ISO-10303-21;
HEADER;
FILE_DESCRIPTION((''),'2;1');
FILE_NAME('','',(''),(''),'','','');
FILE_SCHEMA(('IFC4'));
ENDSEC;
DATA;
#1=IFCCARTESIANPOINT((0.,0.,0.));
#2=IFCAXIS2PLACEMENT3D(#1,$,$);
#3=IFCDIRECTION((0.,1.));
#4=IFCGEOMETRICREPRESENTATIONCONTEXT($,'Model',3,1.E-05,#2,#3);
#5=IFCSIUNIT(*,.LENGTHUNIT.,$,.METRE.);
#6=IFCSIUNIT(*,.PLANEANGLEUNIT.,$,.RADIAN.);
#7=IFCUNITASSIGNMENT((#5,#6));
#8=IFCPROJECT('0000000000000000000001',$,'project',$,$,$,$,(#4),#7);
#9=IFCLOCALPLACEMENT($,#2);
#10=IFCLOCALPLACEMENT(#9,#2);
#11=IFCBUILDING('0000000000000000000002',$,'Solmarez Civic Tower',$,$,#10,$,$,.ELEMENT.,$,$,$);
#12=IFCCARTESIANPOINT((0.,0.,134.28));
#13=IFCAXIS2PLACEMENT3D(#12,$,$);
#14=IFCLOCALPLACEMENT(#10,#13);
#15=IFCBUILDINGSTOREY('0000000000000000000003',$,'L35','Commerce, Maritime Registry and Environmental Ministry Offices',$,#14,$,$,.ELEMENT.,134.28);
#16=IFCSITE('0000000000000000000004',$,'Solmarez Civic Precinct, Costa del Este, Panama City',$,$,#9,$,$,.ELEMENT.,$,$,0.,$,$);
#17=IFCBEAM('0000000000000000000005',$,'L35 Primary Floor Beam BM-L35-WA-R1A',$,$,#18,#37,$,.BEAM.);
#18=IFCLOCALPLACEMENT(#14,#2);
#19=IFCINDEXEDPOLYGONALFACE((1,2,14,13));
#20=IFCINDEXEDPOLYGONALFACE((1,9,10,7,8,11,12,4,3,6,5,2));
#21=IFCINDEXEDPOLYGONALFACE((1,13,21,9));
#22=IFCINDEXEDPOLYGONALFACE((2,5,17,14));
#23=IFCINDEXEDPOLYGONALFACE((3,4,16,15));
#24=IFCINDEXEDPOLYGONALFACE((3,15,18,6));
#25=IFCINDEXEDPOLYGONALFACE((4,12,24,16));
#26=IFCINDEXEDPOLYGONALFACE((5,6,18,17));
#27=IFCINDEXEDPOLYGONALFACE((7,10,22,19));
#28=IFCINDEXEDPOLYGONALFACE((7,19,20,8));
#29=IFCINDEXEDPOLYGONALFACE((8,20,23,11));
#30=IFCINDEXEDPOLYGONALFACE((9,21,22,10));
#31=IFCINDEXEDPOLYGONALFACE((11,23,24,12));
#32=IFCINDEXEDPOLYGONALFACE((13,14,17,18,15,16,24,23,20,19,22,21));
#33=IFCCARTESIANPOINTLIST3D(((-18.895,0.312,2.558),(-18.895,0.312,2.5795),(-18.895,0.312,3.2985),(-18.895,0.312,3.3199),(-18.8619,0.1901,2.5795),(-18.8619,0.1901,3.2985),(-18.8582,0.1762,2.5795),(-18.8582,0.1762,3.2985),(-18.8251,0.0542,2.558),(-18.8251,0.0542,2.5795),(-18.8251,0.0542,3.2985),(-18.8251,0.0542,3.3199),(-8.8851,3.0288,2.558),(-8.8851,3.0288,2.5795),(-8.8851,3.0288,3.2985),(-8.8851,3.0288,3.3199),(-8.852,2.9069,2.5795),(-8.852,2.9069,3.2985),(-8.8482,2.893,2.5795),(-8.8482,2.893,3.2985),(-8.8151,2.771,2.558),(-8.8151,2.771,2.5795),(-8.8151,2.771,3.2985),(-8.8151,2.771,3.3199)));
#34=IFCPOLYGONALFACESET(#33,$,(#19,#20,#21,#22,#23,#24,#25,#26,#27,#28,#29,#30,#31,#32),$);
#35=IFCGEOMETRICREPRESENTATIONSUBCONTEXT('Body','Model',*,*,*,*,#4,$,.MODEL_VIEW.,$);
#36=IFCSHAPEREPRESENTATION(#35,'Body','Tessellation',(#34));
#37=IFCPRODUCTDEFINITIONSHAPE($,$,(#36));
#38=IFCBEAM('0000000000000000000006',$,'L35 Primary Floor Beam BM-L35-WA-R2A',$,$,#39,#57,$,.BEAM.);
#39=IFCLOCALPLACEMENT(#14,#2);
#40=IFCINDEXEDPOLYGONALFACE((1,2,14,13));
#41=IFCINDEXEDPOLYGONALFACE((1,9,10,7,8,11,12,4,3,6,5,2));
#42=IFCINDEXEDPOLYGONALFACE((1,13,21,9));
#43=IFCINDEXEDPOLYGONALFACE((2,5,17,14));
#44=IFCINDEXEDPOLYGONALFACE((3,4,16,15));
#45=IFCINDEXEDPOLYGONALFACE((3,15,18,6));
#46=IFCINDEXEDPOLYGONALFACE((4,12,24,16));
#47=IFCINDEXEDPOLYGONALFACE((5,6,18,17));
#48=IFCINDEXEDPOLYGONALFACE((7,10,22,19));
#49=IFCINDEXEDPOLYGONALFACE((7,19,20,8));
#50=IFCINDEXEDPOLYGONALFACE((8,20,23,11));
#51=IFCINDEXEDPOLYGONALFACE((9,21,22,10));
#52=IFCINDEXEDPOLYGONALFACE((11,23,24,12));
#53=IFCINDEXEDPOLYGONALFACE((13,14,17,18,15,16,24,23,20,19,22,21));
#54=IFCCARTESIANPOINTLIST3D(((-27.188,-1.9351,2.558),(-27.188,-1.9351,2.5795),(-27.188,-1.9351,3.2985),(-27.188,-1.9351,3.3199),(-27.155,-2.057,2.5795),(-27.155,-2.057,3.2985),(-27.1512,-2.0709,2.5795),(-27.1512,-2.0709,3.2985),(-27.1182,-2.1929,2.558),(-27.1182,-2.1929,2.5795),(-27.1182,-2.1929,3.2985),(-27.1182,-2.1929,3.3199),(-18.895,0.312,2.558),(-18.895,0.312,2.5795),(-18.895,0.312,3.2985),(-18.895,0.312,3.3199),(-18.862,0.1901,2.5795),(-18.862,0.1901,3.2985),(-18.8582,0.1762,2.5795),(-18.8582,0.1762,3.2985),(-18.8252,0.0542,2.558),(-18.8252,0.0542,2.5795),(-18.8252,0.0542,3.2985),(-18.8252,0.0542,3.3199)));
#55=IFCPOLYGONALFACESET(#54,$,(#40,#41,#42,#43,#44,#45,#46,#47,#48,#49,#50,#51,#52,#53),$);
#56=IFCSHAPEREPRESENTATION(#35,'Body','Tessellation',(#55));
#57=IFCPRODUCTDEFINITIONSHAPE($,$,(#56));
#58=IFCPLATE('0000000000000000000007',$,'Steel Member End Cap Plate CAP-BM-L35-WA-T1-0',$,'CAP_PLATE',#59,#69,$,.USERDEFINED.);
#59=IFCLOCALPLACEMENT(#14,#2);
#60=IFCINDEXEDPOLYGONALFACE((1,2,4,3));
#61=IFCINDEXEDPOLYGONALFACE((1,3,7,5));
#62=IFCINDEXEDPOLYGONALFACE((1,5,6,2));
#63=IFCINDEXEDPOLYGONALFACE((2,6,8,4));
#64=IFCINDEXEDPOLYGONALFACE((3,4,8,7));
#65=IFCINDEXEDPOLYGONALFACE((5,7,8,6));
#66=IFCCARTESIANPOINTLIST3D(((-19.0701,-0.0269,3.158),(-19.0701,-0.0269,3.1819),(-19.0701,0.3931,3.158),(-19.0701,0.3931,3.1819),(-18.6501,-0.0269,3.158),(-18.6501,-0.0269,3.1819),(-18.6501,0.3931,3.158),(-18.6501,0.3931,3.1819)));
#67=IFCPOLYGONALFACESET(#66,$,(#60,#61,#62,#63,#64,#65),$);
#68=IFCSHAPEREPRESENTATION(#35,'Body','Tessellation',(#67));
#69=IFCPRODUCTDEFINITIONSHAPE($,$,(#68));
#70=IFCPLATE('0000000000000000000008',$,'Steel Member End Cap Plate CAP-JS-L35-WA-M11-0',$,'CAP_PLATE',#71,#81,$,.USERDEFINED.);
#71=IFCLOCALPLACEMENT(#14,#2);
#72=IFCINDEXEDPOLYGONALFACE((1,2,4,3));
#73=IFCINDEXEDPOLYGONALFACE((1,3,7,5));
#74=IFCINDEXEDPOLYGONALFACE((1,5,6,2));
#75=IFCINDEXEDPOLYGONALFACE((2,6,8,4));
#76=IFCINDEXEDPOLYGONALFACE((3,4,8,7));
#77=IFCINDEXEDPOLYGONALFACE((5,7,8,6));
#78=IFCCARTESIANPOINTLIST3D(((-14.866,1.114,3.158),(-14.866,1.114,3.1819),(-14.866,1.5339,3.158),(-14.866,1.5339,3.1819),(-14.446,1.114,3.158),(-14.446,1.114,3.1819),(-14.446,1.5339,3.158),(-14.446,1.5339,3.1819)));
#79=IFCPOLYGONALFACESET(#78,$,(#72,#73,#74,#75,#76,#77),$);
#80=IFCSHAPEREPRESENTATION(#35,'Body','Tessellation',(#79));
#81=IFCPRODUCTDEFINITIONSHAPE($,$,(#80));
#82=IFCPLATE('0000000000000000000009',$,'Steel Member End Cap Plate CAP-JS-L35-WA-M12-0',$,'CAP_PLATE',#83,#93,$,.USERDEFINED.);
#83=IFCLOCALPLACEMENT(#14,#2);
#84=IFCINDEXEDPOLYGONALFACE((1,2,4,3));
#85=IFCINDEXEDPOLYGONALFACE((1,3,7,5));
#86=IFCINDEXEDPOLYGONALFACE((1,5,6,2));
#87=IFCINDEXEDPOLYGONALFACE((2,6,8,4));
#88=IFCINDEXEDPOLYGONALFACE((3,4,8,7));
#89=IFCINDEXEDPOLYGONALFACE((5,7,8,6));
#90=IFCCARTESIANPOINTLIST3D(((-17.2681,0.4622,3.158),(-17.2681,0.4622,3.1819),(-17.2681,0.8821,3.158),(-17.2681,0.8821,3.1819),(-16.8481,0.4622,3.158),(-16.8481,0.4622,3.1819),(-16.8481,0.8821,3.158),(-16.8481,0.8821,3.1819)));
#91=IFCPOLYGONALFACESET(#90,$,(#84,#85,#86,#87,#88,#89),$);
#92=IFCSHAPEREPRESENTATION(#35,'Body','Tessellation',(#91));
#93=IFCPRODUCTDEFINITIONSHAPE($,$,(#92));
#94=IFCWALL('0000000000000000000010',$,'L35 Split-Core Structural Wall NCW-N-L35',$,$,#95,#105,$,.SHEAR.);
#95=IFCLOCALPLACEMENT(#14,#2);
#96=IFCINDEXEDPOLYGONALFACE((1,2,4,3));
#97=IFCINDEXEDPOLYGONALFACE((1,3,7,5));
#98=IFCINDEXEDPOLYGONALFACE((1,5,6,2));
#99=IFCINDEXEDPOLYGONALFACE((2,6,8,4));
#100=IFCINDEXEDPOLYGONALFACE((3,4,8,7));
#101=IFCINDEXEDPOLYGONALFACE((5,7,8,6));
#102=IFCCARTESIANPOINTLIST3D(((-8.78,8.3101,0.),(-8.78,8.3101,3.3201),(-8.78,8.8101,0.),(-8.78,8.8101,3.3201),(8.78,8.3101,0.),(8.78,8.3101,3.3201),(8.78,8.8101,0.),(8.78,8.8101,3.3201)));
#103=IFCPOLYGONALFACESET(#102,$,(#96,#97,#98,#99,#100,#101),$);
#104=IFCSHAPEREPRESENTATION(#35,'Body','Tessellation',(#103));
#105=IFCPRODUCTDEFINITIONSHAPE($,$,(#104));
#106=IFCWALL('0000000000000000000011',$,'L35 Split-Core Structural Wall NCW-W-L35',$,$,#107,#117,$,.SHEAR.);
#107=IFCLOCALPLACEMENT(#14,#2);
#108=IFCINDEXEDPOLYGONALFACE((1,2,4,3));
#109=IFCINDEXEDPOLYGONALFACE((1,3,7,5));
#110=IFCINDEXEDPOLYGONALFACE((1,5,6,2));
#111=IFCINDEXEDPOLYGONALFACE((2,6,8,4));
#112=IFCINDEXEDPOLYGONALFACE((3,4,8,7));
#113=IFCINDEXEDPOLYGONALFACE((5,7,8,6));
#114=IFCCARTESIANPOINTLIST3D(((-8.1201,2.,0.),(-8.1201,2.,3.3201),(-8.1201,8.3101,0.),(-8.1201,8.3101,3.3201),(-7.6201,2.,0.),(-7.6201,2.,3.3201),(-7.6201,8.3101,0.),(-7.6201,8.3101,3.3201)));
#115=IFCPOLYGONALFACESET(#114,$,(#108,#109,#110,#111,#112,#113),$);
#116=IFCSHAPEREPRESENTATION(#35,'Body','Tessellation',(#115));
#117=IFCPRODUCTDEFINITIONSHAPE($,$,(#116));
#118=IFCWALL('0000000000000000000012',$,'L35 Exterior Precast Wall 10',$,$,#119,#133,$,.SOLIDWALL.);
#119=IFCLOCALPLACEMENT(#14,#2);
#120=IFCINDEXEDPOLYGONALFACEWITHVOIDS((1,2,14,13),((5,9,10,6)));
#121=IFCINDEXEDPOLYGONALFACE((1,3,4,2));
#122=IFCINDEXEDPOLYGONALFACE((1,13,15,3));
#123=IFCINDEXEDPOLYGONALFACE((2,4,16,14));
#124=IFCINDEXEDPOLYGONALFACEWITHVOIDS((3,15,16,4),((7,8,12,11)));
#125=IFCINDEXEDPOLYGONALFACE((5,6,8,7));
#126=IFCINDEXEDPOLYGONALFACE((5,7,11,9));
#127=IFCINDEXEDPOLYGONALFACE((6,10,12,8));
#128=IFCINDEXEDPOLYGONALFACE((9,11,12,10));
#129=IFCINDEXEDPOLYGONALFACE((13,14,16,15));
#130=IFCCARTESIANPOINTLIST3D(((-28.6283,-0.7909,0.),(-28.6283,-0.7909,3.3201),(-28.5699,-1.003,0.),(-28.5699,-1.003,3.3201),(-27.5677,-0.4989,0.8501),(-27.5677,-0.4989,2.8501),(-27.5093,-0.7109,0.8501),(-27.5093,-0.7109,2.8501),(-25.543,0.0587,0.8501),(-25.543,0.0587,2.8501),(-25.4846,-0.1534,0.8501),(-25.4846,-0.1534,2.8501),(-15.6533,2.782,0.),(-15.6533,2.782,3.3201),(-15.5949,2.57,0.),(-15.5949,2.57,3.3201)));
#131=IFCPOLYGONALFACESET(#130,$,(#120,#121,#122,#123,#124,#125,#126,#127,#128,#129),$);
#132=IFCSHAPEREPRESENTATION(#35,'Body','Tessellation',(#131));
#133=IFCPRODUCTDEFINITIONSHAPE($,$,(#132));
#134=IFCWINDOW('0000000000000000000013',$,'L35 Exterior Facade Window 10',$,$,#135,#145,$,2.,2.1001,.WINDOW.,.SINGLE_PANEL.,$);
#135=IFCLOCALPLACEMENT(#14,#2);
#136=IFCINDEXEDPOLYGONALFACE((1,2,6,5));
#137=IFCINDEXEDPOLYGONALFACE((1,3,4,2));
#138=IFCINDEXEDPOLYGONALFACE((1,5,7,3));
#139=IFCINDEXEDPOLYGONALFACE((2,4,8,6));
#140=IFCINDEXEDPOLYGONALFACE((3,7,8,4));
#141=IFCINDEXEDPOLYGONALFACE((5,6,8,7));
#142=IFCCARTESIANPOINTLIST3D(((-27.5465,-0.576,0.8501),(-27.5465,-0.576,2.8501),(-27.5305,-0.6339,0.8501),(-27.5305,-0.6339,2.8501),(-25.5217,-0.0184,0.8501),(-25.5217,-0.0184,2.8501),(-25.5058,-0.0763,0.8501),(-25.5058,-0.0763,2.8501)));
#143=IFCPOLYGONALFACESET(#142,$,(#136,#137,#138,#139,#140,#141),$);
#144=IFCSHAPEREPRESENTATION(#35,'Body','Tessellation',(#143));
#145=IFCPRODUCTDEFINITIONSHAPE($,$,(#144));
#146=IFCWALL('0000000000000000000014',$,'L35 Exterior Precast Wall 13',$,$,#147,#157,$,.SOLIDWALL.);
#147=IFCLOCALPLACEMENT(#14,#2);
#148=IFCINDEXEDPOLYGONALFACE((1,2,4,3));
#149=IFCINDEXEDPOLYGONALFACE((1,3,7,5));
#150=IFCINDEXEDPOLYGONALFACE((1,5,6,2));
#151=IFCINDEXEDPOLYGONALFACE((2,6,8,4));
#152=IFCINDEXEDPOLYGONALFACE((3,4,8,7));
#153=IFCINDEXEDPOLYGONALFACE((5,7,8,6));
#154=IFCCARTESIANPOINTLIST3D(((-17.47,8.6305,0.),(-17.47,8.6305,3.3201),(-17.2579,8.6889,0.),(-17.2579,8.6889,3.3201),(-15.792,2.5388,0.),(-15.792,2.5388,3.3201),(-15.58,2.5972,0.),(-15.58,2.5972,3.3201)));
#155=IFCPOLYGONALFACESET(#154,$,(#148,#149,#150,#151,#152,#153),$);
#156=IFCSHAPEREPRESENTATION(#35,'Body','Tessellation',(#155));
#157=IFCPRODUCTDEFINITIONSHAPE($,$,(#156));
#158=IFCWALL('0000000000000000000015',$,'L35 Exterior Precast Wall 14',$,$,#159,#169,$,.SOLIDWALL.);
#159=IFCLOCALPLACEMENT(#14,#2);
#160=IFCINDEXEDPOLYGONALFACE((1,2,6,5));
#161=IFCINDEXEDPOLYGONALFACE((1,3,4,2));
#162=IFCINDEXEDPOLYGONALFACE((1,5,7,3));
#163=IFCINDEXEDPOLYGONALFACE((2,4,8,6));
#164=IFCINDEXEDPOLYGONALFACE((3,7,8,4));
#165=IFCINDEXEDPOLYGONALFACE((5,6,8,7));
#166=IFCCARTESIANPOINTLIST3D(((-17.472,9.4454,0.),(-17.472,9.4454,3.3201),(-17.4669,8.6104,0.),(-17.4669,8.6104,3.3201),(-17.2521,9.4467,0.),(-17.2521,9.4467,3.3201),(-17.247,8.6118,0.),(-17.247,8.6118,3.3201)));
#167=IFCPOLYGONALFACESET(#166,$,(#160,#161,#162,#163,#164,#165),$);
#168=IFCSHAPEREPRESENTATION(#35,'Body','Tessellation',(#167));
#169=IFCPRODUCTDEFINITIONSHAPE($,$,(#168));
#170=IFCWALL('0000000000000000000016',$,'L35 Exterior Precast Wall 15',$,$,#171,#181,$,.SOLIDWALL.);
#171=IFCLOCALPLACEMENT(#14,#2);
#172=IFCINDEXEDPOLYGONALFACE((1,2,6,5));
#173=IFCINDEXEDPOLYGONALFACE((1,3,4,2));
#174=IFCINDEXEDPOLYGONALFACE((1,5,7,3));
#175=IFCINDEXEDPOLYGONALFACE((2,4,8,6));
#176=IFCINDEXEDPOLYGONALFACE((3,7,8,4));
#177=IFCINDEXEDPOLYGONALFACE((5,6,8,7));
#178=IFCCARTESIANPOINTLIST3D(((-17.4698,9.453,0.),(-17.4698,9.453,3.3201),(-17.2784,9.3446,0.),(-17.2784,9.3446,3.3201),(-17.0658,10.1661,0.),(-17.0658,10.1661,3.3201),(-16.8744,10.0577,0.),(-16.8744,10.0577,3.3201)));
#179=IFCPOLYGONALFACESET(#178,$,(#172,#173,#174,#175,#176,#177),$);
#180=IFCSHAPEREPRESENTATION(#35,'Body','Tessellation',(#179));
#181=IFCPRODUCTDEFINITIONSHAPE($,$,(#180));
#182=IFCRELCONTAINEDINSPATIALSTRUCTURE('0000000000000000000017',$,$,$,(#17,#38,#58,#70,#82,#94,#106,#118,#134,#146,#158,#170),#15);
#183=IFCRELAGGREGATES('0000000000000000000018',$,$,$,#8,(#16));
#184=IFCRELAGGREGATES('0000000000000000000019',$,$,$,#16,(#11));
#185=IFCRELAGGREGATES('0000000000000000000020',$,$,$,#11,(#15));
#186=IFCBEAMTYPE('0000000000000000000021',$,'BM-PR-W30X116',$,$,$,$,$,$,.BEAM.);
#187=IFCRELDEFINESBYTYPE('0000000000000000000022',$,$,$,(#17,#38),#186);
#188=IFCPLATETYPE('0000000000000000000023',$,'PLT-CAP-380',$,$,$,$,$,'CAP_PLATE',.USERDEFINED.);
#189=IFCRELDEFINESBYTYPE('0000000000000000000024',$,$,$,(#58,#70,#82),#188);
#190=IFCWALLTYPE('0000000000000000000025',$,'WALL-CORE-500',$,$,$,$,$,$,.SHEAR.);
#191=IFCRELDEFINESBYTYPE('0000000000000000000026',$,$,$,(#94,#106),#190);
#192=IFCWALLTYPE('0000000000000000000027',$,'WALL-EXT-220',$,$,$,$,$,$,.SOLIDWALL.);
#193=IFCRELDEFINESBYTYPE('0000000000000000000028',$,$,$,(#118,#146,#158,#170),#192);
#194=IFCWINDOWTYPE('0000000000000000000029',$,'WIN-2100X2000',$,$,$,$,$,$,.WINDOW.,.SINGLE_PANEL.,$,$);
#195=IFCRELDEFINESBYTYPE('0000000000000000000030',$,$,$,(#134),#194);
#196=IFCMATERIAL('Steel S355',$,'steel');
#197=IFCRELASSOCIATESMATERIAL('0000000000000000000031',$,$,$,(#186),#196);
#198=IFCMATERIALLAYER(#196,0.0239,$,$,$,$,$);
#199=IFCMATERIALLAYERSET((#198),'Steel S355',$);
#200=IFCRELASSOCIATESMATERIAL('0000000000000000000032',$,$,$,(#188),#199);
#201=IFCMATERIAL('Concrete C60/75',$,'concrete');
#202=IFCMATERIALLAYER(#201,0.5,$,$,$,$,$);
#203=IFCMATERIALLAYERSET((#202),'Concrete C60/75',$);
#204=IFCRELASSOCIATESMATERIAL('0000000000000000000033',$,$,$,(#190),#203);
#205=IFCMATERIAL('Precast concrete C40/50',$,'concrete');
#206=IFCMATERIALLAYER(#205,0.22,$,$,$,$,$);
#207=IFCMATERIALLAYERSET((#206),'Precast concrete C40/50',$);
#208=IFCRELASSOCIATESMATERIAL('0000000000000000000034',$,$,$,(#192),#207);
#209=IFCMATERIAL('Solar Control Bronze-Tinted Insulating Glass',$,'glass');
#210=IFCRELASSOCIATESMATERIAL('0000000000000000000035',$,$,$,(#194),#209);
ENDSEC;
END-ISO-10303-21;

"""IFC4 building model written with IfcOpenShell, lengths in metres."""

from ifc_helpers import new_model, si_unit, direction, frame, frame_2d, origin, origin_2d, place, context, subcontext, project, spatial, rectangle, i_section, extrude, material, layer, layer_set, material_profile, profile_set, type_object, element, fill, save


model = new_model("IFC4")

# Units and contexts
model_context = context("Model", 3, precision=1e-05, world=origin(), true_north=direction((0.0, 1.0)))
body_context = subcontext(model_context, "Body", "Model", "MODEL_VIEW")
ifc_project = project(units=[si_unit("LENGTHUNIT", "METRE"), si_unit("PLANEANGLEUNIT", "RADIAN")], contexts=[model_context])

# Site, building, storey
site_placement = place(None, origin())
site = spatial("IfcSite", under=ifc_project, at=site_placement, Name="Solmarez Civic Precinct, Costa del Este, Panama City", CompositionType="ELEMENT", RefElevation=0.0)
building_placement = place(site_placement, origin())
building = spatial("IfcBuilding", under=site, at=building_placement, Name="Solmarez Civic Tower", CompositionType="ELEMENT")
storey_placement = place(building_placement, frame((0.0, 0.0, 134.28)))
storey = spatial("IfcBuildingStorey", under=building, at=storey_placement, Name="L35", Description="Commerce, Maritime Registry and Environmental Ministry Offices", CompositionType="ELEMENT", Elevation=134.28)

# Beams
ifc_material_1 = material(Name="Steel S355", Category="steel")
ifc_material_profile_1 = material_profile(ifc_material_1, i_section(OverallWidth=0.2671, OverallDepth=0.762, WebThickness=0.0144, FlangeThickness=0.0215, at=origin_2d()), Name="W30X116")
ifc_profile_set_1 = profile_set([ifc_material_profile_1], Name="Steel S355")
beam_type_1 = type_object("IfcBeamType", Name="BM-PR-W30X116", PredefinedType="BEAM", material=ifc_profile_set_1)
beam_1_placement = place(storey_placement, frame((-8.8501, 2.8999, 2.939), z_axis=(-0.965086, -0.261932, 0.0), x_axis=(0.261932, -0.965086, 0.0)))
element("IfcBeam", 1, at=beam_1_placement, inside=storey, type_object=beam_type_1, Name="L35 Primary Floor Beam BM-L35-WA-R1A", PredefinedType="BEAM", context=body_context, shape_type="SweptSolid", body=[
    extrude(i_section(OverallWidth=0.2671, OverallDepth=0.762, WebThickness=0.0144, FlangeThickness=0.0215, at=origin_2d()), origin(), (0.0, 0.0, 1.0), 10.3721),
])
beam_2_placement = place(storey_placement, frame((-18.8601, 0.1831, 2.939), z_axis=(-0.965195, -0.26153, 0.0), x_axis=(0.26153, -0.965195, 0.0)))
element("IfcBeam", 2, at=beam_2_placement, inside=storey, type_object=beam_type_1, Name="L35 Primary Floor Beam BM-L35-WA-R2A", PredefinedType="BEAM", context=body_context, shape_type="SweptSolid", body=[
    extrude(i_section(OverallWidth=0.2671, OverallDepth=0.762, WebThickness=0.0144, FlangeThickness=0.0215, at=origin_2d()), origin(), (0.0, 0.0, 1.0), 8.592),
])

# Plates
ifc_layer_1 = layer(ifc_material_1, 0.0239)
ifc_layer_set_1 = layer_set([ifc_layer_1], Name="Steel S355")
plate_type = type_object("IfcPlateType", Name="PLT-CAP-380", ElementType="CAP_PLATE", PredefinedType="USERDEFINED", material=ifc_layer_set_1)
for number, where, z_axis, x_axis, name in (
    (3, (-18.8601, 0.1831, 3.158), (0.0, 0.0, 1.0), (1.0, 0.0, 0.0), "Steel Member End Cap Plate CAP-BM-L35-WA-T1-0"),
    (4, (-14.656, 1.324, 3.158), (0.0, 0.0, 1.0), (1.0, 0.0, 0.0), "Steel Member End Cap Plate CAP-JS-L35-WA-M11-0"),
    (5, (-17.0581, 0.6721, 3.158), (0.0, 0.0, 1.0), (1.0, 0.0, 0.0), "Steel Member End Cap Plate CAP-JS-L35-WA-M12-0"),
):
    element("IfcPlate", number, at=place(storey_placement, frame(where, z_axis=z_axis, x_axis=x_axis)), inside=storey, type_object=plate_type, Name=name, ObjectType="CAP_PLATE", PredefinedType="USERDEFINED", context=body_context, shape_type="SweptSolid", body=[
        extrude(rectangle(XDim=0.4199, YDim=0.4199, at=origin_2d()), origin(), (0.0, 0.0, 1.0), 0.0239),
    ])

# Walls
ifc_material_2 = material(Name="Concrete C60/75", Category="concrete")
ifc_layer_2 = layer(ifc_material_2, 0.5)
ifc_layer_set_2 = layer_set([ifc_layer_2], Name="Concrete C60/75")
wall_type_1 = type_object("IfcWallType", Name="WALL-CORE-500", PredefinedType="SHEAR", material=ifc_layer_set_2)
wall_1_placement = place(storey_placement, frame((-8.78, 8.5601, 0.0), z_axis=(0.0, 0.0, 1.0), x_axis=(1.0, 0.0, 0.0)))
element("IfcWall", 6, at=wall_1_placement, inside=storey, type_object=wall_type_1, Name="L35 Split-Core Structural Wall NCW-N-L35", PredefinedType="SHEAR", context=body_context, shape_type="SweptSolid", body=[
    extrude(rectangle(XDim=17.5601, YDim=0.5, at=frame_2d((8.78, 0.0))), origin(), (0.0, 0.0, 1.0), 3.3201),
])
wall_2_placement = place(storey_placement, frame((-7.8701, 2.0, 0.0), z_axis=(0.0, 0.0, 1.0), x_axis=(0.0, 1.0, 0.0)))
element("IfcWall", 7, at=wall_2_placement, inside=storey, type_object=wall_type_1, Name="L35 Split-Core Structural Wall NCW-W-L35", PredefinedType="SHEAR", context=body_context, shape_type="SweptSolid", body=[
    extrude(rectangle(XDim=6.3101, YDim=0.5, at=frame_2d((3.155, 0.0))), origin(), (0.0, 0.0, 1.0), 3.3201),
])

# Wall, opening, window
ifc_material_3 = material(Name="Precast concrete C40/50", Category="concrete")
ifc_layer_3 = layer(ifc_material_3, 0.22)
ifc_layer_set_3 = layer_set([ifc_layer_3], Name="Precast concrete C40/50")
wall_type_2 = type_object("IfcWallType", Name="WALL-EXT-220", PredefinedType="SOLIDWALL", material=ifc_layer_set_3)
wall_3_placement = place(storey_placement, frame((-28.5991, -0.897, 0.0), z_axis=(0.0, 0.0, 1.0), x_axis=(0.964113, 0.265491, 0.0)))
wall_3 = element("IfcWall", 8, at=wall_3_placement, inside=storey, type_object=wall_type_2, Name="L35 Exterior Precast Wall 10", PredefinedType="SOLIDWALL", context=body_context, shape_type="SweptSolid", body=[
    extrude(rectangle(XDim=13.458, YDim=0.22, at=frame_2d((6.729, 0.0))), origin(), (0.0, 0.0, 1.0), 3.3201),
])
opening_placement = place(wall_3_placement, frame((1.1001, 0.0, 0.8501)))
opening = element("IfcOpeningElement", 9, at=opening_placement, cuts=wall_3, PredefinedType="OPENING", context=body_context, shape_type="SweptSolid", body=[
    extrude(rectangle(XDim=2.1001, YDim=2.0, at=frame_2d((1.05, 1.0))), frame((0.0, 0.1199, 0.0), z_axis=(0.0, -1.0, 0.0), x_axis=(1.0, 0.0, 0.0)), (0.0, 0.0, 1.0), 0.24),
])
ifc_material_4 = material(Name="Solar Control Bronze-Tinted Insulating Glass", Category="glass")
window_type = type_object("IfcWindowType", Name="WIN-2100X2000", PartitioningType="SINGLE_PANEL", PredefinedType="WINDOW", material=ifc_material_4)
window_placement = place(opening_placement, origin())
window = element("IfcWindow", 10, at=window_placement, inside=storey, type_object=window_type, Name="L35 Exterior Facade Window 10", OverallHeight=2.0, OverallWidth=2.1001, PartitioningType="SINGLE_PANEL", PredefinedType="WINDOW", context=body_context, shape_type="SweptSolid", body=[
    extrude(rectangle(XDim=2.1001, YDim=2.0, at=frame_2d((1.05, 1.0))), frame((0.0, 0.03, 0.0), z_axis=(0.0, -1.0, 0.0), x_axis=(1.0, 0.0, 0.0)), (0.0, 0.0, 1.0), 0.0601),
])
fill(opening, window)

# Walls
wall_4_placement = place(storey_placement, frame((-15.686, 2.5681, 0.0), z_axis=(0.0, 0.0, 1.0), x_axis=(-0.265559, 0.964095, 0.0)))
element("IfcWall", 11, at=wall_4_placement, inside=storey, type_object=wall_type_2, Name="L35 Exterior Precast Wall 13", PredefinedType="SOLIDWALL", context=body_context, shape_type="SweptSolid", body=[
    extrude(rectangle(XDim=6.3186, YDim=0.22, at=frame_2d((3.1592, 0.0))), origin(), (0.0, 0.0, 1.0), 3.3201),
])
wall_5_placement = place(storey_placement, frame((-17.3569, 8.6111, 0.0), z_axis=(0.0, 0.0, 1.0), x_axis=(-0.00614, 0.999981, 0.0)))
element("IfcWall", 12, at=wall_5_placement, inside=storey, type_object=wall_type_2, Name="L35 Exterior Precast Wall 14", PredefinedType="SOLIDWALL", context=body_context, shape_type="SweptSolid", body=[
    extrude(rectangle(XDim=0.835, YDim=0.22, at=frame_2d((0.4175, 0.0))), origin(), (0.0, 0.0, 1.0), 3.3201),
])
wall_6_placement = place(storey_placement, frame((-17.374, 9.3989, 0.0), z_axis=(0.0, 0.0, 1.0), x_axis=(0.49296, 0.870052, 0.0)))
element("IfcWall", 13, at=wall_6_placement, inside=storey, type_object=wall_type_2, Name="L35 Exterior Precast Wall 15", PredefinedType="SOLIDWALL", context=body_context, shape_type="SweptSolid", body=[
    extrude(rectangle(XDim=0.8196, YDim=0.22, at=frame_2d((0.4097, 0.0))), origin(), (0.0, 0.0, 1.0), 3.3201),
])

save(model, "model.ifc")
